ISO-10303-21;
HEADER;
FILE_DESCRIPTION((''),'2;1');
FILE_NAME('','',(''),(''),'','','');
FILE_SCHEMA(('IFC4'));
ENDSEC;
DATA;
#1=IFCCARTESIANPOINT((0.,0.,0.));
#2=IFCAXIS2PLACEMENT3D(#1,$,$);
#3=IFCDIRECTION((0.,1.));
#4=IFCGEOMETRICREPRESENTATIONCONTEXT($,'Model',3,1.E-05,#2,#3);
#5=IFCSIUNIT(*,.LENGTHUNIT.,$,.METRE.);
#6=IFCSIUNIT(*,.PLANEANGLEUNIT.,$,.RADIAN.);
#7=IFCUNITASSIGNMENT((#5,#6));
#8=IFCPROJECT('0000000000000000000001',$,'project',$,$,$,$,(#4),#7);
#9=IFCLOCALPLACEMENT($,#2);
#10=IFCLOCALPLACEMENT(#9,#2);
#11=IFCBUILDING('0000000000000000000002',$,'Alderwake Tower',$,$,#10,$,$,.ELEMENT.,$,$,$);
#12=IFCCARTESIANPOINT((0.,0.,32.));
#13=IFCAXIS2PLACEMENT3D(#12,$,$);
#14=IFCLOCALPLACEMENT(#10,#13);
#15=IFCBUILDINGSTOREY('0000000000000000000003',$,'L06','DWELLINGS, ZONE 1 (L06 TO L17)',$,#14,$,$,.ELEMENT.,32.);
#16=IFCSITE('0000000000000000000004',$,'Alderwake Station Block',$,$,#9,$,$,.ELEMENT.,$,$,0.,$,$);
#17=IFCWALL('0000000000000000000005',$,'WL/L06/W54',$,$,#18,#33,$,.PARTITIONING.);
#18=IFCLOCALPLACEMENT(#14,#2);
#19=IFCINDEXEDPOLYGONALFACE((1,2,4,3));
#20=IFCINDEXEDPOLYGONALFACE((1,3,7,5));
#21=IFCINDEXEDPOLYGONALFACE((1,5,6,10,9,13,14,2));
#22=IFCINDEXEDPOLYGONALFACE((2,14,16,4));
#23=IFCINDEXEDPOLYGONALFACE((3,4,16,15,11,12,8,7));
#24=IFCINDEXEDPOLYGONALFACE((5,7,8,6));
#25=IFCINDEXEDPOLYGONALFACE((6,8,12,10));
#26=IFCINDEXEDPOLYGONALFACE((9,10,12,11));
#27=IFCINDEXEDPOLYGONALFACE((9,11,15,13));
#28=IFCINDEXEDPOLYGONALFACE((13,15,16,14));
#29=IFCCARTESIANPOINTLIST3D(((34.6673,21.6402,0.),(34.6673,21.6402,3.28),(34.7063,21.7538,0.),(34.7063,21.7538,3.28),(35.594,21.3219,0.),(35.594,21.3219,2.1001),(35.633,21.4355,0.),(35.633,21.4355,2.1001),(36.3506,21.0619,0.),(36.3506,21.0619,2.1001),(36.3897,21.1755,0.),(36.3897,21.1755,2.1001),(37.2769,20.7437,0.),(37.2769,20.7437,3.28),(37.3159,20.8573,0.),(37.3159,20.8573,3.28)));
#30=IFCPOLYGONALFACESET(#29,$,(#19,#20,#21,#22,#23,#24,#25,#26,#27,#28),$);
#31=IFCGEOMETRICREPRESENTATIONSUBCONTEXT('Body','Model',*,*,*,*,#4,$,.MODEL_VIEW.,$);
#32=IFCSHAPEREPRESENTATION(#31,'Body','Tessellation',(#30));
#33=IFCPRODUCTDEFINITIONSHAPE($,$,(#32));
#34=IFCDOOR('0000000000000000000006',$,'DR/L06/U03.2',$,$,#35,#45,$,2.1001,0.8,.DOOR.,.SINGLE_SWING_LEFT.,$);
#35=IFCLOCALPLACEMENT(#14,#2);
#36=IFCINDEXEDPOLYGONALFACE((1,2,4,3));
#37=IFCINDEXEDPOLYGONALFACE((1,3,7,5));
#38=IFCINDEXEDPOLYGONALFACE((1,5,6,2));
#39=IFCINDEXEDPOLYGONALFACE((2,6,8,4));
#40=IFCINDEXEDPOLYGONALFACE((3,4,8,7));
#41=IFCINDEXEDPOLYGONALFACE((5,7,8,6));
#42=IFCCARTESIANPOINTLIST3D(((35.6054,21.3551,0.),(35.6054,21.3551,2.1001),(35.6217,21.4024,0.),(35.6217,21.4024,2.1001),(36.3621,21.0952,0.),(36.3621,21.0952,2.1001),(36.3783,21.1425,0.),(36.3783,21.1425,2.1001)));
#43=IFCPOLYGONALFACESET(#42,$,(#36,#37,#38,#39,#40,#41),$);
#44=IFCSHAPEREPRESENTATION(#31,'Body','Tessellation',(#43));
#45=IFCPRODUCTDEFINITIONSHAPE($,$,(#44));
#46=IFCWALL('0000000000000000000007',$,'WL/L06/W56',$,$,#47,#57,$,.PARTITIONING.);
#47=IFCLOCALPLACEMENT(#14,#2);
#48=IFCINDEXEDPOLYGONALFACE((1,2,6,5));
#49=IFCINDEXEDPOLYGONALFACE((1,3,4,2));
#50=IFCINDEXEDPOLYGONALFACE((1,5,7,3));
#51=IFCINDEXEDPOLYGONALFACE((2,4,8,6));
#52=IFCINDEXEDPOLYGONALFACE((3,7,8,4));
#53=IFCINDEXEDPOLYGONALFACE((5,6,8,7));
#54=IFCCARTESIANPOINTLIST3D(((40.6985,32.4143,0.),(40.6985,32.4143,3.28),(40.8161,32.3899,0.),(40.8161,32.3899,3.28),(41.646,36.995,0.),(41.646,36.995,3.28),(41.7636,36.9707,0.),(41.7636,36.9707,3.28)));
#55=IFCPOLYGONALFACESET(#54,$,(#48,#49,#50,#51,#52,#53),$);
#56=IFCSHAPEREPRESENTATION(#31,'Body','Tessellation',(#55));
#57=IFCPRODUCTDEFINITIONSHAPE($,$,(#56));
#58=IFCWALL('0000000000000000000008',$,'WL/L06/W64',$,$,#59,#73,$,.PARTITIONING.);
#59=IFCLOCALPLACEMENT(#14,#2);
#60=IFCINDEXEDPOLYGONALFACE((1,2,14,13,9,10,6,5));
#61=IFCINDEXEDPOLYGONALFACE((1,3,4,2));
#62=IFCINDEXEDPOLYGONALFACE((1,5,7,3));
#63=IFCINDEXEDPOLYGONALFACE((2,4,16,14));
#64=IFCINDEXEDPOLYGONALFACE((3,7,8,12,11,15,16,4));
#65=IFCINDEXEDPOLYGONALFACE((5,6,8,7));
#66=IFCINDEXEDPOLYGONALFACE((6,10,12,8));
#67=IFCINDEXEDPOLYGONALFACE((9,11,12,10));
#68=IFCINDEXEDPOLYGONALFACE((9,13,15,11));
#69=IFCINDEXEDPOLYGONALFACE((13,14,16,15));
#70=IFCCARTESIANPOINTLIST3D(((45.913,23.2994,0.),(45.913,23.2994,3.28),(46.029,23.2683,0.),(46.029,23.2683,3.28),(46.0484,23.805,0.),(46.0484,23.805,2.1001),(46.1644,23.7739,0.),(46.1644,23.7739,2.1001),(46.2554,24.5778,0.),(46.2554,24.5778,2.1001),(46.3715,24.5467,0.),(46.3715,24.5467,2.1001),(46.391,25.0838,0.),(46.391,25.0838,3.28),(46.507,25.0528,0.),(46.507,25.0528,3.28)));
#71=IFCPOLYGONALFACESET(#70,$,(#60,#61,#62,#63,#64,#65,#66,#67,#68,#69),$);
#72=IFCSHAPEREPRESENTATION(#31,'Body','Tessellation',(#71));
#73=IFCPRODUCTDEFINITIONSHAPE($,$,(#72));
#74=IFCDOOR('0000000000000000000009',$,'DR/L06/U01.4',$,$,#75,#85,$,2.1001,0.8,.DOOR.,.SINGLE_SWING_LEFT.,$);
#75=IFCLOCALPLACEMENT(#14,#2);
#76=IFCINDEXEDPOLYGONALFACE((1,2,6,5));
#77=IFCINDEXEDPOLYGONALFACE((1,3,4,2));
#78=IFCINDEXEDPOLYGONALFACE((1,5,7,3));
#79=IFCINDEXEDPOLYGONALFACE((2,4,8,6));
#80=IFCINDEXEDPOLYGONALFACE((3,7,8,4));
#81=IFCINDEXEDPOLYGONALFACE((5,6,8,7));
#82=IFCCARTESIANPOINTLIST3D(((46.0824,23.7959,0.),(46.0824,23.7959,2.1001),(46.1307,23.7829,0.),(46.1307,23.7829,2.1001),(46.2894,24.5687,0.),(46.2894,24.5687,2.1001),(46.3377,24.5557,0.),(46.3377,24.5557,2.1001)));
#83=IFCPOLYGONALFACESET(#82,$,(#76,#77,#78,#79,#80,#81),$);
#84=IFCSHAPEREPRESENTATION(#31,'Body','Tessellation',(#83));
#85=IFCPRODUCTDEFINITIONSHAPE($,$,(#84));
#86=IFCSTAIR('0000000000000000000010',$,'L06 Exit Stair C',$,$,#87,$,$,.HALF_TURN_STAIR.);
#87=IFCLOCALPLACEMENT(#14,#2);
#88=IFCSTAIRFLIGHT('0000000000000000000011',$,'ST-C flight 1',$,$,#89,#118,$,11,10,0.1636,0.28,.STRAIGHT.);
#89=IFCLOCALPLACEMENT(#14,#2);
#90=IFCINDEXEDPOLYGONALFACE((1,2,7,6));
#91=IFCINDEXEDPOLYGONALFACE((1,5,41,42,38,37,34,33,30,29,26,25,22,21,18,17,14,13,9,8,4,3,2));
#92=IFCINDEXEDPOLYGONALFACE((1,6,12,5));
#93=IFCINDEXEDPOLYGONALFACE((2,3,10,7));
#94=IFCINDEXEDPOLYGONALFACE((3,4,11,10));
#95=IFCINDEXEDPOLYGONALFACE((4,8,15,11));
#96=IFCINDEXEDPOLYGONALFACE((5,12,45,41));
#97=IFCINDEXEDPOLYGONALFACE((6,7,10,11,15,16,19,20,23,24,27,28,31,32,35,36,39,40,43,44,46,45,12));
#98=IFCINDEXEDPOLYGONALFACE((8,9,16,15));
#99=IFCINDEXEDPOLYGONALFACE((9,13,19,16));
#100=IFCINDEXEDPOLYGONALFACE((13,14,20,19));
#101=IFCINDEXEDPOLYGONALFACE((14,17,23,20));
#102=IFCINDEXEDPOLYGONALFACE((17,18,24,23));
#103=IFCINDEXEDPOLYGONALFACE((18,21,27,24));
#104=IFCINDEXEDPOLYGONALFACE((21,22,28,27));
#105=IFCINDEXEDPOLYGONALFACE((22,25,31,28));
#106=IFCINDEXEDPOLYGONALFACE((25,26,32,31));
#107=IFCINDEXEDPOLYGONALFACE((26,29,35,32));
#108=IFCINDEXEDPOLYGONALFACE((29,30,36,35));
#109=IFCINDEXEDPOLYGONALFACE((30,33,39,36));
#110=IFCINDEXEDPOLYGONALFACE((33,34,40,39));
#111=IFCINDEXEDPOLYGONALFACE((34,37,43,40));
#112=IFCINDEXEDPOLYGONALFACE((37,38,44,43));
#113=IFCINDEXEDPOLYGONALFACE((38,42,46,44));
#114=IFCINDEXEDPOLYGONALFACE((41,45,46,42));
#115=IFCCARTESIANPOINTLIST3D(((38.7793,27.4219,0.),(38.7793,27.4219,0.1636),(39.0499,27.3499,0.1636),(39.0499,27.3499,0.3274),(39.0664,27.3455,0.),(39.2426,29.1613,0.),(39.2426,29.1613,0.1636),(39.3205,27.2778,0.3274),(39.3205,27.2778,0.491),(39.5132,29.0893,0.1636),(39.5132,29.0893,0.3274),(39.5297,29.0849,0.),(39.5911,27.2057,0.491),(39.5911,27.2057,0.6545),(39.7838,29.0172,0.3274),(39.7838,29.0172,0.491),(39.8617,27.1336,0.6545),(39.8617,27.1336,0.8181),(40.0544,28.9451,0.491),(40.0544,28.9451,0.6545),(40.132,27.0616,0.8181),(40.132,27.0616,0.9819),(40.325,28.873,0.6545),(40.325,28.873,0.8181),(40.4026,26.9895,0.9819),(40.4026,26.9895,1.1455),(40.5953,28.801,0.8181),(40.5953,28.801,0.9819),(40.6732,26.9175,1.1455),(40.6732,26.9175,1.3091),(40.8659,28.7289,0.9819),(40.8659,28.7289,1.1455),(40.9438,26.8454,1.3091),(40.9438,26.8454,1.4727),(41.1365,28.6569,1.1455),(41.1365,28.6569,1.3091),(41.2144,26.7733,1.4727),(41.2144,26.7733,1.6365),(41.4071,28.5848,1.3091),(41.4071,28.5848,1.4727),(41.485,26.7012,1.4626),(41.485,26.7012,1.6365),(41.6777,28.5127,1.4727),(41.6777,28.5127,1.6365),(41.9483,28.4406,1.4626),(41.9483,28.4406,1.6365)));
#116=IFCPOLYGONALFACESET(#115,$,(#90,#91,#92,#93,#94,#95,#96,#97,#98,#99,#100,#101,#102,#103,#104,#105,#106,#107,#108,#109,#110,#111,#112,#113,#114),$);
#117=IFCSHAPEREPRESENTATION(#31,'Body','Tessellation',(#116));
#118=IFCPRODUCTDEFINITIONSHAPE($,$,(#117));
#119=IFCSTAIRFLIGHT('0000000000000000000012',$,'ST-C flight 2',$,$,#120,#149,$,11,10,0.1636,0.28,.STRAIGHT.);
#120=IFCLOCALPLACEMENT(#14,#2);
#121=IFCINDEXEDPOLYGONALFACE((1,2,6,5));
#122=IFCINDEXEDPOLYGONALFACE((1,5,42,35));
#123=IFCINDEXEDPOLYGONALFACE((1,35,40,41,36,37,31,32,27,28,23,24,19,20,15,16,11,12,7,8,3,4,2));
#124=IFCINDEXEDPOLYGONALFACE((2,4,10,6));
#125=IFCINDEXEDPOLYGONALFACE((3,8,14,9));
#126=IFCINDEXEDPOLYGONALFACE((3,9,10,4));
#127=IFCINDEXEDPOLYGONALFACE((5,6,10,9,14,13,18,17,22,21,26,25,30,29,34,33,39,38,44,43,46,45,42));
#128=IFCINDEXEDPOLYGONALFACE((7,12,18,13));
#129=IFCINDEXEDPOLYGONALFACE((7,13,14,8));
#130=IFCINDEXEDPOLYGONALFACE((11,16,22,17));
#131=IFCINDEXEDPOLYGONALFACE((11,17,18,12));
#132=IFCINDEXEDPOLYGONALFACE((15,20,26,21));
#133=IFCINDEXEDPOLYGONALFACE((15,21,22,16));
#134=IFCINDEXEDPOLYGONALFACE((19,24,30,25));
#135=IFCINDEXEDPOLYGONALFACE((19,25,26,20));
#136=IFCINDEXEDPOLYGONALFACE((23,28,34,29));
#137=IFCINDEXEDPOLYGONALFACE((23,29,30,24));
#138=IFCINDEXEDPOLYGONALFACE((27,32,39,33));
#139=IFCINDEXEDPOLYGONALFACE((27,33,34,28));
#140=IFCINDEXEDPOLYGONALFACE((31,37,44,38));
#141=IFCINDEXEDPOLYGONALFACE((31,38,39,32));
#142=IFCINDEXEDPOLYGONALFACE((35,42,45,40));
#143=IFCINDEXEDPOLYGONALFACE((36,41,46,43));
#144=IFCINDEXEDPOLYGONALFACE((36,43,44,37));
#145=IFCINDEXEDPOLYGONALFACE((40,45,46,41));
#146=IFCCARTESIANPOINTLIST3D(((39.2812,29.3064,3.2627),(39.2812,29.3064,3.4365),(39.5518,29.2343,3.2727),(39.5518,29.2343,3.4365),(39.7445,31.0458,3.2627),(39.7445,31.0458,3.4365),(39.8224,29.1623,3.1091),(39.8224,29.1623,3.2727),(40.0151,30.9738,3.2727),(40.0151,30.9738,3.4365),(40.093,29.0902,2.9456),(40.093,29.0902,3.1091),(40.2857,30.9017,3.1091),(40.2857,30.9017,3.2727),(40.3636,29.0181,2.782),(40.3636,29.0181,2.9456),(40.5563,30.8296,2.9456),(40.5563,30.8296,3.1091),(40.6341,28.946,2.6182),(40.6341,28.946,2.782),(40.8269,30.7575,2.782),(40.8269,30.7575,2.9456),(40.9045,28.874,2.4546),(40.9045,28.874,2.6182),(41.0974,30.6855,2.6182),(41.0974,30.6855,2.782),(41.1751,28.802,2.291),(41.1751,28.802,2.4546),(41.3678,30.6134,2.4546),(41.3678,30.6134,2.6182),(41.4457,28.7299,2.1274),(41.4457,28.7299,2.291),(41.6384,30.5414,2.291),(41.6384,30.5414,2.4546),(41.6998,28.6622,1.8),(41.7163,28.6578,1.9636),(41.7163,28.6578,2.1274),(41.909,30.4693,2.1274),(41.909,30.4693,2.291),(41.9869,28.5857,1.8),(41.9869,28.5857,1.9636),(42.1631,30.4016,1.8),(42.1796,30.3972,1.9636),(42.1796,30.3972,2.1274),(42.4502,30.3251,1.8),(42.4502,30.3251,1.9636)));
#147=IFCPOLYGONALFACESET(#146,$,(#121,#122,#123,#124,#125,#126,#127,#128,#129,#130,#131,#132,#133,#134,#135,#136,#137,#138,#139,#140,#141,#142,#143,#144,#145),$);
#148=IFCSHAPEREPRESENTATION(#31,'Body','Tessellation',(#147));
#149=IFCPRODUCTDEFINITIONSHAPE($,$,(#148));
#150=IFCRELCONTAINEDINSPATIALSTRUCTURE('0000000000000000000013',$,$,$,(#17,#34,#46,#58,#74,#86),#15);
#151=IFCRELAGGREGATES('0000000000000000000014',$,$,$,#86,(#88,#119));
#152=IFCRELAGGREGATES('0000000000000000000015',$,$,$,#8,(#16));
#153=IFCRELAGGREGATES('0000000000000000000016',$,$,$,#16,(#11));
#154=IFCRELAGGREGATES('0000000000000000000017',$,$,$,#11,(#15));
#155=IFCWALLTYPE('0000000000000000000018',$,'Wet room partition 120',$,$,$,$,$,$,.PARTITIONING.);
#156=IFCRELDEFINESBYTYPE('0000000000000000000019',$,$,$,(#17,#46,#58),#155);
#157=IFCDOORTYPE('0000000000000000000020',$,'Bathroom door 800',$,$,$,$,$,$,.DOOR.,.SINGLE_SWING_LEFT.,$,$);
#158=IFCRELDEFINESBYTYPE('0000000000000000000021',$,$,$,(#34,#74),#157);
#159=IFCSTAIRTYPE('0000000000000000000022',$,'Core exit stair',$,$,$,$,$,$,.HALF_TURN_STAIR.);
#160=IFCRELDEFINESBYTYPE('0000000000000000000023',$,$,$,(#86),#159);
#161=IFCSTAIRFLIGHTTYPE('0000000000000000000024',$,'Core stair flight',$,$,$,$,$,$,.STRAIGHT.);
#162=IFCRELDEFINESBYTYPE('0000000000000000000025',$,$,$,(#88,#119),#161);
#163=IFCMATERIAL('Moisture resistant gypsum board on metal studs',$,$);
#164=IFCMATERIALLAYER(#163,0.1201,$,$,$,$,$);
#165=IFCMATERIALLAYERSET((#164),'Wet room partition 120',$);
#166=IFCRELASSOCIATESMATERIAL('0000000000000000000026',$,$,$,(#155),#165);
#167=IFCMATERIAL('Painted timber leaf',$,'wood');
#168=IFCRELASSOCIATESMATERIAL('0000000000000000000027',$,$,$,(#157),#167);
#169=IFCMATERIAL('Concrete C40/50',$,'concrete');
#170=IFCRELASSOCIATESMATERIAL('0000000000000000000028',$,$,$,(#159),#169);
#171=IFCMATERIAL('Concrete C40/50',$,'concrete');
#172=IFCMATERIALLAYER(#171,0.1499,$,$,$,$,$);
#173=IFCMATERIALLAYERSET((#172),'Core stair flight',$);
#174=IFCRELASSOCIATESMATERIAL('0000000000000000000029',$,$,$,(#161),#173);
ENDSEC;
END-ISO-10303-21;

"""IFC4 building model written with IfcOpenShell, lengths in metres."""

from ifc_helpers import new_model, si_unit, direction, frame, frame_2d, origin, place, context, subcontext, project, spatial, polyline, rectangle, outline, extrude, material, layer, layer_set, type_object, element, fill, aggregate, save


model = new_model("IFC4")

# Units and contexts
model_context = context("Model", 3, precision=1e-05, world=origin(), true_north=direction((0.0, 1.0)))
body_context = subcontext(model_context, "Body", "Model", "MODEL_VIEW")
ifc_project = project(units=[si_unit("LENGTHUNIT", "METRE"), si_unit("PLANEANGLEUNIT", "RADIAN")], contexts=[model_context])

# Site, building, storey
site_placement = place(None, origin())
site = spatial("IfcSite", under=ifc_project, at=site_placement, Name="Alderwake Station Block", CompositionType="ELEMENT", RefElevation=0.0)
building_placement = place(site_placement, origin())
building = spatial("IfcBuilding", under=site, at=building_placement, Name="Alderwake Tower", CompositionType="ELEMENT")
storey_placement = place(building_placement, frame((0.0, 0.0, 32.0)))
storey = spatial("IfcBuildingStorey", under=building, at=storey_placement, Name="L06", Description="DWELLINGS, ZONE 1 (L06 TO L17)", CompositionType="ELEMENT", Elevation=32.0)

# Shared definitions
ifc_material_1 = material(Name="Moisture resistant gypsum board on metal studs")
ifc_layer_1 = layer(ifc_material_1, 0.1201)
ifc_layer_set_1 = layer_set([ifc_layer_1], Name="Wet room partition 120")
wall_type_1 = type_object("IfcWallType", Name="Wet room partition 120", PredefinedType="PARTITIONING", material=ifc_layer_set_1)

# Wall, opening, door
wall_1_placement = place(storey_placement, frame((37.2964, 20.8005, 0.0), z_axis=(0.0, 0.0, 1.0), x_axis=(-0.94575, 0.324894, 0.0)))
wall_1 = element("IfcWall", 1, at=wall_1_placement, inside=storey, type_object=wall_type_1, Name="WL/L06/W54", PredefinedType="PARTITIONING", context=body_context, shape_type="SweptSolid", body=[
    extrude(rectangle(XDim=2.7593, YDim=0.1201, at=frame_2d((1.3796, 0.0))), origin(), (0.0, 0.0, 1.0), 3.28),
])
opening_1_placement = place(wall_1_placement, frame((0.9795, 0.0, 0.0)))
opening_1 = element("IfcOpeningElement", 2, at=opening_1_placement, cuts=wall_1, PredefinedType="OPENING", context=body_context, shape_type="SweptSolid", body=[
    extrude(rectangle(XDim=0.8, YDim=2.1001, at=frame_2d((0.3999, 1.05))), frame((0.0, 0.0701, 0.0), z_axis=(0.0, -1.0, 0.0), x_axis=(1.0, 0.0, 0.0)), (0.0, 0.0, 1.0), 0.1401),
])
ifc_material_2 = material(Name="Painted timber leaf", Category="wood")
door_type_1 = type_object("IfcDoorType", Name="Bathroom door 800", OperationType="SINGLE_SWING_LEFT", PredefinedType="DOOR", material=ifc_material_2)
door_1_placement = place(opening_1_placement, origin())
door_1 = element("IfcDoor", 3, at=door_1_placement, inside=storey, type_object=door_type_1, Name="DR/L06/U03.2", OperationType="SINGLE_SWING_LEFT", OverallHeight=2.1001, OverallWidth=0.8, PredefinedType="DOOR", context=body_context, shape_type="SweptSolid", body=[
    extrude(rectangle(XDim=0.8, YDim=2.1001, at=frame_2d((0.3999, 1.05))), frame((0.0, 0.0249, 0.0), z_axis=(0.0, -1.0, 0.0), x_axis=(1.0, 0.0, 0.0)), (0.0, 0.0, 1.0), 0.05),
])
fill(opening_1, door_1)

# Wall
wall_2_placement = place(storey_placement, frame((40.7573, 32.4021, 0.0), z_axis=(0.0, 0.0, 1.0), x_axis=(0.202556, 0.979271, 0.0)))
element("IfcWall", 4, at=wall_2_placement, inside=storey, type_object=wall_type_1, Name="WL/L06/W56", PredefinedType="PARTITIONING", context=body_context, shape_type="SweptSolid", body=[
    extrude(rectangle(XDim=4.6777, YDim=0.1201, at=frame_2d((2.3389, 0.0))), origin(), (0.0, 0.0, 1.0), 3.28),
])

# Wall, opening, door
wall_3_placement = place(storey_placement, frame((45.9709, 23.2837, 0.0), z_axis=(0.0, 0.0, 1.0), x_axis=(0.258765, 0.96594, 0.0)))
wall_3 = element("IfcWall", 5, at=wall_3_placement, inside=storey, type_object=wall_type_1, Name="WL/L06/W64", PredefinedType="PARTITIONING", context=body_context, shape_type="SweptSolid", body=[
    extrude(rectangle(XDim=1.8474, YDim=0.1201, at=frame_2d((0.9238, 0.0))), origin(), (0.0, 0.0, 1.0), 3.28),
])
opening_2_placement = place(wall_3_placement, frame((0.5237, 0.0, 0.0)))
opening_2 = element("IfcOpeningElement", 6, at=opening_2_placement, cuts=wall_3, PredefinedType="OPENING", context=body_context, shape_type="SweptSolid", body=[
    extrude(rectangle(XDim=0.8, YDim=2.1001, at=frame_2d((0.3999, 1.05))), frame((0.0, 0.0701, 0.0), z_axis=(0.0, -1.0, 0.0), x_axis=(1.0, 0.0, 0.0)), (0.0, 0.0, 1.0), 0.1401),
])
door_2_placement = place(opening_2_placement, origin())
door_2 = element("IfcDoor", 7, at=door_2_placement, inside=storey, type_object=door_type_1, Name="DR/L06/U01.4", OperationType="SINGLE_SWING_LEFT", OverallHeight=2.1001, OverallWidth=0.8, PredefinedType="DOOR", context=body_context, shape_type="SweptSolid", body=[
    extrude(rectangle(XDim=0.8, YDim=2.1001, at=frame_2d((0.3999, 1.05))), frame((0.0, 0.0249, 0.0), z_axis=(0.0, -1.0, 0.0), x_axis=(1.0, 0.0, 0.0)), (0.0, 0.0, 1.0), 0.05),
])
fill(opening_2, door_2)

# Stair, stair flights
ifc_material_3 = material(Name="Concrete C40/50", Category="concrete")
stair_type = type_object("IfcStairType", Name="Core exit stair", PredefinedType="HALF_TURN_STAIR", material=ifc_material_3)
stair_placement = place(storey_placement, origin())
stair = element("IfcStair", 8, at=stair_placement, inside=storey, type_object=stair_type, Name="L06 Exit Stair C", PredefinedType="HALF_TURN_STAIR")
ifc_material_4 = material(Name="Concrete C40/50", Category="concrete")
ifc_layer_2 = layer(ifc_material_4, 0.1499)
ifc_layer_set_2 = layer_set([ifc_layer_2], Name="Core stair flight")
stair_flight_type = type_object("IfcStairFlightType", Name="Core stair flight", PredefinedType="STRAIGHT", material=ifc_layer_set_2)
stair_flight_1_placement = place(storey_placement, frame((39.011, 28.2917, 0.0), z_axis=(0.0, 0.0, 1.0), x_axis=(0.96631, -0.257382, 0.0)))
stair_flight_1 = element("IfcStairFlight", 9, at=stair_flight_1_placement, type_object=stair_flight_type, Name="ST-C flight 1", NumberOfRisers=11, NumberOfTreads=10, PredefinedType="STRAIGHT", RiserHeight=0.1636, TreadLength=0.28, context=body_context, shape_type="SweptSolid", body=[
    extrude(outline(polyline([(0.0, 0.0), (0.0, 0.1636), (0.28, 0.1636), (0.28, 0.3274), (0.5601, 0.3274), (0.5601, 0.491), (0.8401, 0.491), (0.8401, 0.6545), (1.1201, 0.6545), (1.1201, 0.8181), (1.3999, 0.8181), (1.3999, 0.9819), (1.6799, 0.9819), (1.6799, 1.1455), (1.96, 1.1455), (1.96, 1.3091), (2.24, 1.3091), (2.24, 1.4727), (2.52, 1.4727), (2.52, 1.6365), (2.8, 1.6365), (2.8, 1.8), (2.8, 1.4626), (0.2971, 0.0), (0.0, 0.0)])), frame((0.0, 0.8999, 0.0), z_axis=(0.0, -1.0, 0.0), x_axis=(1.0, 0.0, 0.0)), (0.0, 0.0, 1.0), 1.8),
])
stair_flight_2_placement = place(storey_placement, frame((42.2185, 29.4553, 1.8), z_axis=(0.0, 0.0, 1.0), x_axis=(-0.96631, 0.257382, 0.0)))
stair_flight_2 = element("IfcStairFlight", 10, at=stair_flight_2_placement, type_object=stair_flight_type, Name="ST-C flight 2", NumberOfRisers=11, NumberOfTreads=10, PredefinedType="STRAIGHT", RiserHeight=0.1636, TreadLength=0.28, context=body_context, shape_type="SweptSolid", body=[
    extrude(outline(polyline([(0.0, 0.0), (0.0, 0.1636), (0.28, 0.1636), (0.28, 0.3274), (0.5601, 0.3274), (0.5601, 0.491), (0.8401, 0.491), (0.8401, 0.6545), (1.1201, 0.6545), (1.1201, 0.8181), (1.3999, 0.8181), (1.3999, 0.9819), (1.6799, 0.9819), (1.6799, 1.1455), (1.96, 1.1455), (1.96, 1.3091), (2.24, 1.3091), (2.24, 1.4727), (2.52, 1.4727), (2.52, 1.6365), (2.8, 1.6365), (2.8, 1.8), (2.8, 1.4626), (0.2971, 0.0), (0.0, 0.0)])), frame((0.0, 0.8999, 0.0), z_axis=(0.0, -1.0, 0.0), x_axis=(1.0, 0.0, 0.0)), (0.0, 0.0, 1.0), 1.8),
])
aggregate(stair, [stair_flight_1, stair_flight_2])

save(model, "model.ifc")
